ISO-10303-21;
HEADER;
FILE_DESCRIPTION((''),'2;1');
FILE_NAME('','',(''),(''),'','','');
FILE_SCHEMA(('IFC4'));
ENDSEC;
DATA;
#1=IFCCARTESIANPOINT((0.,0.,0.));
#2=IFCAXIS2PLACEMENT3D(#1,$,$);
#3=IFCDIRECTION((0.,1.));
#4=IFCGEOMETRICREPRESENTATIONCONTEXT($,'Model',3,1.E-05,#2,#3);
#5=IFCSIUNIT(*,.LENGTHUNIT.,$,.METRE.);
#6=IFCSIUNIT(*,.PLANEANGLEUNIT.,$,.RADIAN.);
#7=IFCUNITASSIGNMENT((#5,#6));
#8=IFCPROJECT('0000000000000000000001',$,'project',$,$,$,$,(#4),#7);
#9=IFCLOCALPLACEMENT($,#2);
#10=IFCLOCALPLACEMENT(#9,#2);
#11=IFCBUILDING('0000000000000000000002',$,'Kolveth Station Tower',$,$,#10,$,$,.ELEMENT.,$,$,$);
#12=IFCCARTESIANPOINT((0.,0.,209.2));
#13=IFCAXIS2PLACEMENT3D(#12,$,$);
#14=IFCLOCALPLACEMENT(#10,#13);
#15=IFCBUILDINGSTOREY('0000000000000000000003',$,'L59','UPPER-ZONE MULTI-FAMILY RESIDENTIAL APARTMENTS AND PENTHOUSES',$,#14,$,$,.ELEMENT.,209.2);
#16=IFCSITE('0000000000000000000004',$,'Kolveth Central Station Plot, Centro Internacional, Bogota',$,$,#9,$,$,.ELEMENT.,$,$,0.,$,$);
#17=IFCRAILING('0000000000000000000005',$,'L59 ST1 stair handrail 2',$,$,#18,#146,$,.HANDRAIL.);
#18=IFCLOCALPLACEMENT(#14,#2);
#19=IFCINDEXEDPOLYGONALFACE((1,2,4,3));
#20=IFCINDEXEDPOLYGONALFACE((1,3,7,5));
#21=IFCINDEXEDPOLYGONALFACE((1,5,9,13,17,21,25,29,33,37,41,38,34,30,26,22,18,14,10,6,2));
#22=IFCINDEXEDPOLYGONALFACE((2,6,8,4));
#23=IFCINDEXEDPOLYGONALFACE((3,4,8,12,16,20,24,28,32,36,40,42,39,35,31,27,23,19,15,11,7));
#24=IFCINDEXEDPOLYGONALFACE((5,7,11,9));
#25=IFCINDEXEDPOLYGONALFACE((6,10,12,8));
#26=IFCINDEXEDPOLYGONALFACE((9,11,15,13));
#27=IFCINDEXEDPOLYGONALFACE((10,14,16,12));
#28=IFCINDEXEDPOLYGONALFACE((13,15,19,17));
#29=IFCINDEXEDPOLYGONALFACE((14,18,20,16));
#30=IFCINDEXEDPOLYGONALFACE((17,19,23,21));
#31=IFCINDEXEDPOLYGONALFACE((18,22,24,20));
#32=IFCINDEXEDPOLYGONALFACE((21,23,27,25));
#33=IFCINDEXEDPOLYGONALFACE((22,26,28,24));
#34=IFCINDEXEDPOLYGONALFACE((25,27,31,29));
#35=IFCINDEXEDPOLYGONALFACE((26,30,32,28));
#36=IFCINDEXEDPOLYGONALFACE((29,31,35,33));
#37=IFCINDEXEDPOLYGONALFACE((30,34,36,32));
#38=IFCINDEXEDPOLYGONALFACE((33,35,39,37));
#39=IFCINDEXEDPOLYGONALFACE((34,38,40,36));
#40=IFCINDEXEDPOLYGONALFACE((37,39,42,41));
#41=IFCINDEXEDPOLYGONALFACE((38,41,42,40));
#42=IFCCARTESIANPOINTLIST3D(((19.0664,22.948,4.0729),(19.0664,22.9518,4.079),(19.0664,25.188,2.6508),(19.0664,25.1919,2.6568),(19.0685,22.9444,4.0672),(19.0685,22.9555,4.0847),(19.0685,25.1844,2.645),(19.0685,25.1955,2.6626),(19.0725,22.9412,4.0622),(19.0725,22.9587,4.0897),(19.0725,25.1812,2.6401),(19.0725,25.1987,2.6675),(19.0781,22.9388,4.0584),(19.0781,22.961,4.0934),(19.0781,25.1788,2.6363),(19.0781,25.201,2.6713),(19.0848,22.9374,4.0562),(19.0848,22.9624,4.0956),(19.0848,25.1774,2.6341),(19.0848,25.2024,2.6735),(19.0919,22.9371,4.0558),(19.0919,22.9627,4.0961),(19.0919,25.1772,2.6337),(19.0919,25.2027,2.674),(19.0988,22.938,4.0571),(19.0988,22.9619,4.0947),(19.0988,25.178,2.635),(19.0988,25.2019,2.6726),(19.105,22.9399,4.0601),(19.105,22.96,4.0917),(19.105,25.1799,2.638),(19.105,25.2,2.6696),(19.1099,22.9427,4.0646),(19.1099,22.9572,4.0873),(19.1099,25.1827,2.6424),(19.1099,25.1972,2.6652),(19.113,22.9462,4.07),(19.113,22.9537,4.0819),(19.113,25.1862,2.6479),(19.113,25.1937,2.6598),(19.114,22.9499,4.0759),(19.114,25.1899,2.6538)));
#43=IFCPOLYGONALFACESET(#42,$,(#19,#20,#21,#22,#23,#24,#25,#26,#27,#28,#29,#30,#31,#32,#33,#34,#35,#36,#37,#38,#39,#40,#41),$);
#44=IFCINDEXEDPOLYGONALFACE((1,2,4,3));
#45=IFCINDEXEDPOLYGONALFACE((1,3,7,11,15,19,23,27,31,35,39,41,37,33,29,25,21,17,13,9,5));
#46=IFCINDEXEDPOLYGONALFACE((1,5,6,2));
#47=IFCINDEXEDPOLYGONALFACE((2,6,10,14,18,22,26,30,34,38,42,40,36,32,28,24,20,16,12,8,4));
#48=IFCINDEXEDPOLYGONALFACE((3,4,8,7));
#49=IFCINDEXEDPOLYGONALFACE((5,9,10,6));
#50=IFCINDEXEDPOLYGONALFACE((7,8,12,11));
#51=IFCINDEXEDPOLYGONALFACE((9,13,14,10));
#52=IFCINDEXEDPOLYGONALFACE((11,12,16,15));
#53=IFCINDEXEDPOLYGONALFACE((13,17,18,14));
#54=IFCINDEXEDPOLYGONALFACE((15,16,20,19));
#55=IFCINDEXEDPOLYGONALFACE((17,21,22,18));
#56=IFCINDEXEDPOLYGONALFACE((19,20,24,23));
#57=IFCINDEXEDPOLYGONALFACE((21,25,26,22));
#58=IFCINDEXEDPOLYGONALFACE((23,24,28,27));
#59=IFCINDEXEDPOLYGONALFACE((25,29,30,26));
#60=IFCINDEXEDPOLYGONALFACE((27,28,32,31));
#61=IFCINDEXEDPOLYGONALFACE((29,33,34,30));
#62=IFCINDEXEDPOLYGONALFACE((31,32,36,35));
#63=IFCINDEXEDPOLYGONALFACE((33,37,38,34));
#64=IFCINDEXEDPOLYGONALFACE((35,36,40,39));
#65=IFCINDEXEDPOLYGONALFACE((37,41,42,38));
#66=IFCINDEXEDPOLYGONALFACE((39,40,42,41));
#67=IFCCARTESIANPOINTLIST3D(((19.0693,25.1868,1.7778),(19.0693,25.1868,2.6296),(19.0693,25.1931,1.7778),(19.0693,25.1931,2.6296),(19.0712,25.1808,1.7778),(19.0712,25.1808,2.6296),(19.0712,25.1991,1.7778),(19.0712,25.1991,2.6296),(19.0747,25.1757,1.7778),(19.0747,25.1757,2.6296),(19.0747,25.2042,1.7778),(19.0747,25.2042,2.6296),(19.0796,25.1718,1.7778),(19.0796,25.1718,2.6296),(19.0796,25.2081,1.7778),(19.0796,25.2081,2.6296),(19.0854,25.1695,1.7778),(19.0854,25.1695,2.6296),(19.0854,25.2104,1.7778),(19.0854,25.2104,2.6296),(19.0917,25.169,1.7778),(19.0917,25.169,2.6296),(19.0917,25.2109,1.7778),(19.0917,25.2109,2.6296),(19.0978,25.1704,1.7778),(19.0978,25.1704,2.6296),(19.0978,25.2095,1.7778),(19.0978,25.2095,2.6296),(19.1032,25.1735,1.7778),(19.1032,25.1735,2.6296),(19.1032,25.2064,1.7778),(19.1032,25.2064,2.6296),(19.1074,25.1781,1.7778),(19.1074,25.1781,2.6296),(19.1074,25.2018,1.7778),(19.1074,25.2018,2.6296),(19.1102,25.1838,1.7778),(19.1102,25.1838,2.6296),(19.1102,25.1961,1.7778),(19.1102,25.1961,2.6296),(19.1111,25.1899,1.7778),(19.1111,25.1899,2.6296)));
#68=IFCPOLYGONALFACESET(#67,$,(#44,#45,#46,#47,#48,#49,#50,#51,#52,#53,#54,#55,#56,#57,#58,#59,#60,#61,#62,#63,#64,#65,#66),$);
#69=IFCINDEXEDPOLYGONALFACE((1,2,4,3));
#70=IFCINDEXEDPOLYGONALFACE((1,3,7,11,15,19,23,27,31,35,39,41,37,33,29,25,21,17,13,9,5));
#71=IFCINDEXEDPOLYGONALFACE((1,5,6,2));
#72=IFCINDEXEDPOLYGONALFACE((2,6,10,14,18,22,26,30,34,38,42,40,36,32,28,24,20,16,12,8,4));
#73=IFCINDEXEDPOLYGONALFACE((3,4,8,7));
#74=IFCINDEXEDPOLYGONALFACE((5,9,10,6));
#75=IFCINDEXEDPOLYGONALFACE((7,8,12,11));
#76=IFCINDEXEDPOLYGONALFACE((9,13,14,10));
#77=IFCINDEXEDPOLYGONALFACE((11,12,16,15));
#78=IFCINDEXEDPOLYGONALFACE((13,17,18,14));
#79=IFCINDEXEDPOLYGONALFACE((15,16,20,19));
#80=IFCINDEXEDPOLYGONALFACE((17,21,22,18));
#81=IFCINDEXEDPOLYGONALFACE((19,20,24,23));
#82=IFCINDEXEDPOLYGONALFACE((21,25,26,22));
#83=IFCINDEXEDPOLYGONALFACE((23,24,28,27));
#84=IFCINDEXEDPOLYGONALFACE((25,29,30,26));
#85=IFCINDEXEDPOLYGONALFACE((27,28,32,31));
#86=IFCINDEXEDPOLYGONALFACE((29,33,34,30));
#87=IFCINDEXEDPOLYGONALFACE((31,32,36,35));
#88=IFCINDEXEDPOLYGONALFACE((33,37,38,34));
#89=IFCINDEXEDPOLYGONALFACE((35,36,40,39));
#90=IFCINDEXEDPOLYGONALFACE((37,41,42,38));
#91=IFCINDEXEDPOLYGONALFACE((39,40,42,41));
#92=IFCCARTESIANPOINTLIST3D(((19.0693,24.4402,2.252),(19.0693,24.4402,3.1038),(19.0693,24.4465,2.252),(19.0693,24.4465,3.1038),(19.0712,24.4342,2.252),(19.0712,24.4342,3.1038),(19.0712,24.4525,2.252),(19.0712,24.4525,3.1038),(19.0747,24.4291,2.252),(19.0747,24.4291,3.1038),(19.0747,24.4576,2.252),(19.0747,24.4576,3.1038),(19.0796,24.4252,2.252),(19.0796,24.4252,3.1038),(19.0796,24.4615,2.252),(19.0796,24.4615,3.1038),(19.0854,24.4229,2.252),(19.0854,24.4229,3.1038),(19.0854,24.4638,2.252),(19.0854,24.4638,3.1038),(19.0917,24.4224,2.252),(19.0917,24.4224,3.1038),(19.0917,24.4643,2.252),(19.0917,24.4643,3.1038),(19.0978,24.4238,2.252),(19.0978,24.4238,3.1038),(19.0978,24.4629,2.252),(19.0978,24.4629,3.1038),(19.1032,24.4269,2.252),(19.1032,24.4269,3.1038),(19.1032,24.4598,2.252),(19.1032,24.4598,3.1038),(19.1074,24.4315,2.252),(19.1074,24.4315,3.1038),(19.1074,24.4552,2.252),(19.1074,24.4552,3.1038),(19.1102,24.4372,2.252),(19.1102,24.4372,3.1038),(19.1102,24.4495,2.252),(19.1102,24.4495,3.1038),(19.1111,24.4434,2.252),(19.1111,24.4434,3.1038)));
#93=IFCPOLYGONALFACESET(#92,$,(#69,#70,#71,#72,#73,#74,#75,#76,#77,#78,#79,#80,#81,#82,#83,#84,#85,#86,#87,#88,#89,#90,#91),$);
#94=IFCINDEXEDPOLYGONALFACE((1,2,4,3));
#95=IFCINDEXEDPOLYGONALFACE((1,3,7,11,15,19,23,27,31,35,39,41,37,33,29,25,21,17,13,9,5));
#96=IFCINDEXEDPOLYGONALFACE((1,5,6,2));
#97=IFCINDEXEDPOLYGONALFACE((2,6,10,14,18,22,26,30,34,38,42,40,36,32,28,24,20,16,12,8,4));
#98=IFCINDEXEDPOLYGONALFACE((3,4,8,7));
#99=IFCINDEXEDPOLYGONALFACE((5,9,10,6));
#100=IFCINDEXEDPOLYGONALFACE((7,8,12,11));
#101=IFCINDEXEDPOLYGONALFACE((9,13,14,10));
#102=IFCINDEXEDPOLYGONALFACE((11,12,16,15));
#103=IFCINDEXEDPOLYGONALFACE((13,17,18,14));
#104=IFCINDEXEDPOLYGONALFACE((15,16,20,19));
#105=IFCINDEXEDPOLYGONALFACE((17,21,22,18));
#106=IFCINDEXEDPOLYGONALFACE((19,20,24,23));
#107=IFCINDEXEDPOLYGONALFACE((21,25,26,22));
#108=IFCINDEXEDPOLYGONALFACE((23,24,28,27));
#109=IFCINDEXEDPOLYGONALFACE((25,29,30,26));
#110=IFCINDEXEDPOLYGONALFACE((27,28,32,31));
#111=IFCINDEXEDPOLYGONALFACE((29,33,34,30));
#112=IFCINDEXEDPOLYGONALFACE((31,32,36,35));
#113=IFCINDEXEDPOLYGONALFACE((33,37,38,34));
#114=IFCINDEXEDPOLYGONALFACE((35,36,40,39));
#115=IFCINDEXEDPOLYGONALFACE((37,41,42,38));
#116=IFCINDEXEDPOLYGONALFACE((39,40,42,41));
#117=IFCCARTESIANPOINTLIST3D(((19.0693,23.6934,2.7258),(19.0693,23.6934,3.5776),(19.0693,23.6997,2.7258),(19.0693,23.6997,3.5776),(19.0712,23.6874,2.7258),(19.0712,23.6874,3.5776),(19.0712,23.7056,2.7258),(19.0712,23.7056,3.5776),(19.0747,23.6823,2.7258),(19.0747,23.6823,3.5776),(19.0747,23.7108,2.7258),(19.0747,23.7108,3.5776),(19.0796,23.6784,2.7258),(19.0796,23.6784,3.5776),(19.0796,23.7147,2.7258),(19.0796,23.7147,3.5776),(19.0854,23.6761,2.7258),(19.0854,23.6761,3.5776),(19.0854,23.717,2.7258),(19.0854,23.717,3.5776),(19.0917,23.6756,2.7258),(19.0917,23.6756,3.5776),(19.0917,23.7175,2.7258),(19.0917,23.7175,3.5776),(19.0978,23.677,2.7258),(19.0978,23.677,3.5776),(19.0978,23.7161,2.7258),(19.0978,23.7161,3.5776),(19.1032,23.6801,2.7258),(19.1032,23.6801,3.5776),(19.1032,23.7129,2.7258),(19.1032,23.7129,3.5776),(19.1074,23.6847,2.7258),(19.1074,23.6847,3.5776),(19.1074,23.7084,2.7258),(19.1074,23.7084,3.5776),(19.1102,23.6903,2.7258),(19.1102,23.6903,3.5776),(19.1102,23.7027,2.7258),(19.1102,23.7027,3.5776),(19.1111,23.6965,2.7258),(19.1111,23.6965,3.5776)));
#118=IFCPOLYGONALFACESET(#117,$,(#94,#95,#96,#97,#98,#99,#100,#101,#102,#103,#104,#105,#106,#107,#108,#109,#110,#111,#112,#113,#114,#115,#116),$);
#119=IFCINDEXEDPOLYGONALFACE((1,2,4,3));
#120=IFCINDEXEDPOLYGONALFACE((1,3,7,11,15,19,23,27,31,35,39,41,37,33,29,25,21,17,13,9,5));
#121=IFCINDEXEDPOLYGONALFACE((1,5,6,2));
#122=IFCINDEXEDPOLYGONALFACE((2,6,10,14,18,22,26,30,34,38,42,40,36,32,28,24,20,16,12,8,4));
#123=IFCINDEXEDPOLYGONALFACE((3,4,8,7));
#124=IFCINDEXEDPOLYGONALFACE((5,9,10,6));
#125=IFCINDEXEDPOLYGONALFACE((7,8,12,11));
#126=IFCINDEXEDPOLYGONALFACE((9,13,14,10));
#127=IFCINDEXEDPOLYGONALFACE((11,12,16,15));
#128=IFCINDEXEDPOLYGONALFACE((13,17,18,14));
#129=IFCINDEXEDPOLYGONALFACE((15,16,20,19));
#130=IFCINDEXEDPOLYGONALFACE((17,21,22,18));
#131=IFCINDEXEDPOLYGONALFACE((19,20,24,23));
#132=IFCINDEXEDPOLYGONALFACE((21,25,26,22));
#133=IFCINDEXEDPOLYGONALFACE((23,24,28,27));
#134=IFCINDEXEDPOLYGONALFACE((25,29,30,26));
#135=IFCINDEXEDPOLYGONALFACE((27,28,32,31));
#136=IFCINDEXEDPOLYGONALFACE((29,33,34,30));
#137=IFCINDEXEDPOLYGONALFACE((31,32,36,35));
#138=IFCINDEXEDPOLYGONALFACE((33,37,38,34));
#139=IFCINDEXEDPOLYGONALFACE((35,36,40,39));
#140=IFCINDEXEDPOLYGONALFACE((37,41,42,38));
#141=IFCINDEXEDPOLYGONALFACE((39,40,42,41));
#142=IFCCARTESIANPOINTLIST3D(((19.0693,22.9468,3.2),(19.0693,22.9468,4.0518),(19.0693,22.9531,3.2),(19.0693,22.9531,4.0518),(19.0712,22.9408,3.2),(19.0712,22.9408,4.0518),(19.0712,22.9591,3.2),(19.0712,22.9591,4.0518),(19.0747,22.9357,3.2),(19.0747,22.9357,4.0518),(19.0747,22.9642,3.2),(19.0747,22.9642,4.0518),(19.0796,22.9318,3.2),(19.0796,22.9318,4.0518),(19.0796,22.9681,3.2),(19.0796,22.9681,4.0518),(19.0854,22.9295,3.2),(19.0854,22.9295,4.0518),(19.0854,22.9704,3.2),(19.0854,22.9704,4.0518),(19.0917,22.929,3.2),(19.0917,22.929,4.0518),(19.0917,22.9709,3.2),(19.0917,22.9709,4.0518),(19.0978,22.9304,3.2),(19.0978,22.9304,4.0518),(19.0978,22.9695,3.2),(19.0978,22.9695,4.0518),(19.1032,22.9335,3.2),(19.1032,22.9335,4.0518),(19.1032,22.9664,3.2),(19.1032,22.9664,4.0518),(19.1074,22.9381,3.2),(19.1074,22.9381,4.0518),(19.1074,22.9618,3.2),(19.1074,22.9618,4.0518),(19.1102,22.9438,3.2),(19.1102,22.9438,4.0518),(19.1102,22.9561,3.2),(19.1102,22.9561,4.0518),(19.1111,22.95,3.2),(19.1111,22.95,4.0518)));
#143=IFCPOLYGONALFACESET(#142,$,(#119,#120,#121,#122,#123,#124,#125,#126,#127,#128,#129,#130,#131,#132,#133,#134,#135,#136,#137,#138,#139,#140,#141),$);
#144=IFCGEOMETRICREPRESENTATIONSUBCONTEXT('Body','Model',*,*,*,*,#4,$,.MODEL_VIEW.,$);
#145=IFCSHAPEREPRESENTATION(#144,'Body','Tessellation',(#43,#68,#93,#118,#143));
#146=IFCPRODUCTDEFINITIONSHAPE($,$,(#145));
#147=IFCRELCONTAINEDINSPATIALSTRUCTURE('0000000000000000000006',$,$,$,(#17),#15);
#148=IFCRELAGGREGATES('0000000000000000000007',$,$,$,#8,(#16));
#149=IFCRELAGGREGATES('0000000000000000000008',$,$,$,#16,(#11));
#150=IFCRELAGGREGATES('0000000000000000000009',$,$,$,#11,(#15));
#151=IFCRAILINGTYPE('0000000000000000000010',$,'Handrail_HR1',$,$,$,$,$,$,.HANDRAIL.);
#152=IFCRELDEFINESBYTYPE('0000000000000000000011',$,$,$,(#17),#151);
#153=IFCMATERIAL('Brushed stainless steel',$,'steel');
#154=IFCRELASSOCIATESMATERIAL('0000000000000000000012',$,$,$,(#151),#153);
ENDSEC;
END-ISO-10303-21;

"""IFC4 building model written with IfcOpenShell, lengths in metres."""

from ifc_helpers import new_model, si_unit, direction, frame, origin, origin_2d, place, context, subcontext, project, spatial, circle, extrude, material, type_object, element, save


model = new_model("IFC4")

# Units and contexts
model_context = context("Model", 3, precision=1e-05, world=origin(), true_north=direction((0.0, 1.0)))
body_context = subcontext(model_context, "Body", "Model", "MODEL_VIEW")
ifc_project = project(units=[si_unit("LENGTHUNIT", "METRE"), si_unit("PLANEANGLEUNIT", "RADIAN")], contexts=[model_context])

# Site, building, storey
site_placement = place(None, origin())
site = spatial("IfcSite", under=ifc_project, at=site_placement, Name="Kolveth Central Station Plot, Centro Internacional, Bogota", CompositionType="ELEMENT", RefElevation=0.0)
building_placement = place(site_placement, origin())
building = spatial("IfcBuilding", under=site, at=building_placement, Name="Kolveth Station Tower", CompositionType="ELEMENT")
storey_placement = place(building_placement, frame((0.0, 0.0, 209.2)))
storey = spatial("IfcBuildingStorey", under=building, at=storey_placement, Name="L59", Description="UPPER-ZONE MULTI-FAMILY RESIDENTIAL APARTMENTS AND PENTHOUSES", CompositionType="ELEMENT", Elevation=209.2)

# Railing
ifc_material_1 = material(Name="Brushed stainless steel", Category="steel")
railing_type_1 = type_object("IfcRailingType", Name="Handrail_HR1", PredefinedType="HANDRAIL", material=ifc_material_1)
railing_1_placement = place(storey_placement, frame((19.0901, 25.1899, 1.7778)))
element("IfcRailing", 1, at=railing_1_placement, inside=storey, type_object=railing_type_1, Name="L59 ST1 stair handrail 2", PredefinedType="HANDRAIL", context=body_context, shape_type="SweptSolid", body=[
    extrude(circle(Radius=0.0239, at=origin_2d()), frame((0.0, 0.0, 0.876), z_axis=(0.0, -0.844229, 0.535982), x_axis=(1.0, 0.0, 0.0)), (0.0, 0.0, 1.0), 2.6533),
    extrude(circle(Radius=0.021, at=origin_2d()), origin(), (0.0, 0.0, 1.0), 0.8518),
    extrude(circle(Radius=0.021, at=origin_2d()), frame((0.0, -0.7466, 0.4741)), (0.0, 0.0, 1.0), 0.8518),
    extrude(circle(Radius=0.021, at=origin_2d()), frame((0.0, -1.4934, 0.948)), (0.0, 0.0, 1.0), 0.8518),
    extrude(circle(Radius=0.021, at=origin_2d()), frame((0.0, -2.24, 1.4221)), (0.0, 0.0, 1.0), 0.8518),
])

save(model, "model.ifc")
